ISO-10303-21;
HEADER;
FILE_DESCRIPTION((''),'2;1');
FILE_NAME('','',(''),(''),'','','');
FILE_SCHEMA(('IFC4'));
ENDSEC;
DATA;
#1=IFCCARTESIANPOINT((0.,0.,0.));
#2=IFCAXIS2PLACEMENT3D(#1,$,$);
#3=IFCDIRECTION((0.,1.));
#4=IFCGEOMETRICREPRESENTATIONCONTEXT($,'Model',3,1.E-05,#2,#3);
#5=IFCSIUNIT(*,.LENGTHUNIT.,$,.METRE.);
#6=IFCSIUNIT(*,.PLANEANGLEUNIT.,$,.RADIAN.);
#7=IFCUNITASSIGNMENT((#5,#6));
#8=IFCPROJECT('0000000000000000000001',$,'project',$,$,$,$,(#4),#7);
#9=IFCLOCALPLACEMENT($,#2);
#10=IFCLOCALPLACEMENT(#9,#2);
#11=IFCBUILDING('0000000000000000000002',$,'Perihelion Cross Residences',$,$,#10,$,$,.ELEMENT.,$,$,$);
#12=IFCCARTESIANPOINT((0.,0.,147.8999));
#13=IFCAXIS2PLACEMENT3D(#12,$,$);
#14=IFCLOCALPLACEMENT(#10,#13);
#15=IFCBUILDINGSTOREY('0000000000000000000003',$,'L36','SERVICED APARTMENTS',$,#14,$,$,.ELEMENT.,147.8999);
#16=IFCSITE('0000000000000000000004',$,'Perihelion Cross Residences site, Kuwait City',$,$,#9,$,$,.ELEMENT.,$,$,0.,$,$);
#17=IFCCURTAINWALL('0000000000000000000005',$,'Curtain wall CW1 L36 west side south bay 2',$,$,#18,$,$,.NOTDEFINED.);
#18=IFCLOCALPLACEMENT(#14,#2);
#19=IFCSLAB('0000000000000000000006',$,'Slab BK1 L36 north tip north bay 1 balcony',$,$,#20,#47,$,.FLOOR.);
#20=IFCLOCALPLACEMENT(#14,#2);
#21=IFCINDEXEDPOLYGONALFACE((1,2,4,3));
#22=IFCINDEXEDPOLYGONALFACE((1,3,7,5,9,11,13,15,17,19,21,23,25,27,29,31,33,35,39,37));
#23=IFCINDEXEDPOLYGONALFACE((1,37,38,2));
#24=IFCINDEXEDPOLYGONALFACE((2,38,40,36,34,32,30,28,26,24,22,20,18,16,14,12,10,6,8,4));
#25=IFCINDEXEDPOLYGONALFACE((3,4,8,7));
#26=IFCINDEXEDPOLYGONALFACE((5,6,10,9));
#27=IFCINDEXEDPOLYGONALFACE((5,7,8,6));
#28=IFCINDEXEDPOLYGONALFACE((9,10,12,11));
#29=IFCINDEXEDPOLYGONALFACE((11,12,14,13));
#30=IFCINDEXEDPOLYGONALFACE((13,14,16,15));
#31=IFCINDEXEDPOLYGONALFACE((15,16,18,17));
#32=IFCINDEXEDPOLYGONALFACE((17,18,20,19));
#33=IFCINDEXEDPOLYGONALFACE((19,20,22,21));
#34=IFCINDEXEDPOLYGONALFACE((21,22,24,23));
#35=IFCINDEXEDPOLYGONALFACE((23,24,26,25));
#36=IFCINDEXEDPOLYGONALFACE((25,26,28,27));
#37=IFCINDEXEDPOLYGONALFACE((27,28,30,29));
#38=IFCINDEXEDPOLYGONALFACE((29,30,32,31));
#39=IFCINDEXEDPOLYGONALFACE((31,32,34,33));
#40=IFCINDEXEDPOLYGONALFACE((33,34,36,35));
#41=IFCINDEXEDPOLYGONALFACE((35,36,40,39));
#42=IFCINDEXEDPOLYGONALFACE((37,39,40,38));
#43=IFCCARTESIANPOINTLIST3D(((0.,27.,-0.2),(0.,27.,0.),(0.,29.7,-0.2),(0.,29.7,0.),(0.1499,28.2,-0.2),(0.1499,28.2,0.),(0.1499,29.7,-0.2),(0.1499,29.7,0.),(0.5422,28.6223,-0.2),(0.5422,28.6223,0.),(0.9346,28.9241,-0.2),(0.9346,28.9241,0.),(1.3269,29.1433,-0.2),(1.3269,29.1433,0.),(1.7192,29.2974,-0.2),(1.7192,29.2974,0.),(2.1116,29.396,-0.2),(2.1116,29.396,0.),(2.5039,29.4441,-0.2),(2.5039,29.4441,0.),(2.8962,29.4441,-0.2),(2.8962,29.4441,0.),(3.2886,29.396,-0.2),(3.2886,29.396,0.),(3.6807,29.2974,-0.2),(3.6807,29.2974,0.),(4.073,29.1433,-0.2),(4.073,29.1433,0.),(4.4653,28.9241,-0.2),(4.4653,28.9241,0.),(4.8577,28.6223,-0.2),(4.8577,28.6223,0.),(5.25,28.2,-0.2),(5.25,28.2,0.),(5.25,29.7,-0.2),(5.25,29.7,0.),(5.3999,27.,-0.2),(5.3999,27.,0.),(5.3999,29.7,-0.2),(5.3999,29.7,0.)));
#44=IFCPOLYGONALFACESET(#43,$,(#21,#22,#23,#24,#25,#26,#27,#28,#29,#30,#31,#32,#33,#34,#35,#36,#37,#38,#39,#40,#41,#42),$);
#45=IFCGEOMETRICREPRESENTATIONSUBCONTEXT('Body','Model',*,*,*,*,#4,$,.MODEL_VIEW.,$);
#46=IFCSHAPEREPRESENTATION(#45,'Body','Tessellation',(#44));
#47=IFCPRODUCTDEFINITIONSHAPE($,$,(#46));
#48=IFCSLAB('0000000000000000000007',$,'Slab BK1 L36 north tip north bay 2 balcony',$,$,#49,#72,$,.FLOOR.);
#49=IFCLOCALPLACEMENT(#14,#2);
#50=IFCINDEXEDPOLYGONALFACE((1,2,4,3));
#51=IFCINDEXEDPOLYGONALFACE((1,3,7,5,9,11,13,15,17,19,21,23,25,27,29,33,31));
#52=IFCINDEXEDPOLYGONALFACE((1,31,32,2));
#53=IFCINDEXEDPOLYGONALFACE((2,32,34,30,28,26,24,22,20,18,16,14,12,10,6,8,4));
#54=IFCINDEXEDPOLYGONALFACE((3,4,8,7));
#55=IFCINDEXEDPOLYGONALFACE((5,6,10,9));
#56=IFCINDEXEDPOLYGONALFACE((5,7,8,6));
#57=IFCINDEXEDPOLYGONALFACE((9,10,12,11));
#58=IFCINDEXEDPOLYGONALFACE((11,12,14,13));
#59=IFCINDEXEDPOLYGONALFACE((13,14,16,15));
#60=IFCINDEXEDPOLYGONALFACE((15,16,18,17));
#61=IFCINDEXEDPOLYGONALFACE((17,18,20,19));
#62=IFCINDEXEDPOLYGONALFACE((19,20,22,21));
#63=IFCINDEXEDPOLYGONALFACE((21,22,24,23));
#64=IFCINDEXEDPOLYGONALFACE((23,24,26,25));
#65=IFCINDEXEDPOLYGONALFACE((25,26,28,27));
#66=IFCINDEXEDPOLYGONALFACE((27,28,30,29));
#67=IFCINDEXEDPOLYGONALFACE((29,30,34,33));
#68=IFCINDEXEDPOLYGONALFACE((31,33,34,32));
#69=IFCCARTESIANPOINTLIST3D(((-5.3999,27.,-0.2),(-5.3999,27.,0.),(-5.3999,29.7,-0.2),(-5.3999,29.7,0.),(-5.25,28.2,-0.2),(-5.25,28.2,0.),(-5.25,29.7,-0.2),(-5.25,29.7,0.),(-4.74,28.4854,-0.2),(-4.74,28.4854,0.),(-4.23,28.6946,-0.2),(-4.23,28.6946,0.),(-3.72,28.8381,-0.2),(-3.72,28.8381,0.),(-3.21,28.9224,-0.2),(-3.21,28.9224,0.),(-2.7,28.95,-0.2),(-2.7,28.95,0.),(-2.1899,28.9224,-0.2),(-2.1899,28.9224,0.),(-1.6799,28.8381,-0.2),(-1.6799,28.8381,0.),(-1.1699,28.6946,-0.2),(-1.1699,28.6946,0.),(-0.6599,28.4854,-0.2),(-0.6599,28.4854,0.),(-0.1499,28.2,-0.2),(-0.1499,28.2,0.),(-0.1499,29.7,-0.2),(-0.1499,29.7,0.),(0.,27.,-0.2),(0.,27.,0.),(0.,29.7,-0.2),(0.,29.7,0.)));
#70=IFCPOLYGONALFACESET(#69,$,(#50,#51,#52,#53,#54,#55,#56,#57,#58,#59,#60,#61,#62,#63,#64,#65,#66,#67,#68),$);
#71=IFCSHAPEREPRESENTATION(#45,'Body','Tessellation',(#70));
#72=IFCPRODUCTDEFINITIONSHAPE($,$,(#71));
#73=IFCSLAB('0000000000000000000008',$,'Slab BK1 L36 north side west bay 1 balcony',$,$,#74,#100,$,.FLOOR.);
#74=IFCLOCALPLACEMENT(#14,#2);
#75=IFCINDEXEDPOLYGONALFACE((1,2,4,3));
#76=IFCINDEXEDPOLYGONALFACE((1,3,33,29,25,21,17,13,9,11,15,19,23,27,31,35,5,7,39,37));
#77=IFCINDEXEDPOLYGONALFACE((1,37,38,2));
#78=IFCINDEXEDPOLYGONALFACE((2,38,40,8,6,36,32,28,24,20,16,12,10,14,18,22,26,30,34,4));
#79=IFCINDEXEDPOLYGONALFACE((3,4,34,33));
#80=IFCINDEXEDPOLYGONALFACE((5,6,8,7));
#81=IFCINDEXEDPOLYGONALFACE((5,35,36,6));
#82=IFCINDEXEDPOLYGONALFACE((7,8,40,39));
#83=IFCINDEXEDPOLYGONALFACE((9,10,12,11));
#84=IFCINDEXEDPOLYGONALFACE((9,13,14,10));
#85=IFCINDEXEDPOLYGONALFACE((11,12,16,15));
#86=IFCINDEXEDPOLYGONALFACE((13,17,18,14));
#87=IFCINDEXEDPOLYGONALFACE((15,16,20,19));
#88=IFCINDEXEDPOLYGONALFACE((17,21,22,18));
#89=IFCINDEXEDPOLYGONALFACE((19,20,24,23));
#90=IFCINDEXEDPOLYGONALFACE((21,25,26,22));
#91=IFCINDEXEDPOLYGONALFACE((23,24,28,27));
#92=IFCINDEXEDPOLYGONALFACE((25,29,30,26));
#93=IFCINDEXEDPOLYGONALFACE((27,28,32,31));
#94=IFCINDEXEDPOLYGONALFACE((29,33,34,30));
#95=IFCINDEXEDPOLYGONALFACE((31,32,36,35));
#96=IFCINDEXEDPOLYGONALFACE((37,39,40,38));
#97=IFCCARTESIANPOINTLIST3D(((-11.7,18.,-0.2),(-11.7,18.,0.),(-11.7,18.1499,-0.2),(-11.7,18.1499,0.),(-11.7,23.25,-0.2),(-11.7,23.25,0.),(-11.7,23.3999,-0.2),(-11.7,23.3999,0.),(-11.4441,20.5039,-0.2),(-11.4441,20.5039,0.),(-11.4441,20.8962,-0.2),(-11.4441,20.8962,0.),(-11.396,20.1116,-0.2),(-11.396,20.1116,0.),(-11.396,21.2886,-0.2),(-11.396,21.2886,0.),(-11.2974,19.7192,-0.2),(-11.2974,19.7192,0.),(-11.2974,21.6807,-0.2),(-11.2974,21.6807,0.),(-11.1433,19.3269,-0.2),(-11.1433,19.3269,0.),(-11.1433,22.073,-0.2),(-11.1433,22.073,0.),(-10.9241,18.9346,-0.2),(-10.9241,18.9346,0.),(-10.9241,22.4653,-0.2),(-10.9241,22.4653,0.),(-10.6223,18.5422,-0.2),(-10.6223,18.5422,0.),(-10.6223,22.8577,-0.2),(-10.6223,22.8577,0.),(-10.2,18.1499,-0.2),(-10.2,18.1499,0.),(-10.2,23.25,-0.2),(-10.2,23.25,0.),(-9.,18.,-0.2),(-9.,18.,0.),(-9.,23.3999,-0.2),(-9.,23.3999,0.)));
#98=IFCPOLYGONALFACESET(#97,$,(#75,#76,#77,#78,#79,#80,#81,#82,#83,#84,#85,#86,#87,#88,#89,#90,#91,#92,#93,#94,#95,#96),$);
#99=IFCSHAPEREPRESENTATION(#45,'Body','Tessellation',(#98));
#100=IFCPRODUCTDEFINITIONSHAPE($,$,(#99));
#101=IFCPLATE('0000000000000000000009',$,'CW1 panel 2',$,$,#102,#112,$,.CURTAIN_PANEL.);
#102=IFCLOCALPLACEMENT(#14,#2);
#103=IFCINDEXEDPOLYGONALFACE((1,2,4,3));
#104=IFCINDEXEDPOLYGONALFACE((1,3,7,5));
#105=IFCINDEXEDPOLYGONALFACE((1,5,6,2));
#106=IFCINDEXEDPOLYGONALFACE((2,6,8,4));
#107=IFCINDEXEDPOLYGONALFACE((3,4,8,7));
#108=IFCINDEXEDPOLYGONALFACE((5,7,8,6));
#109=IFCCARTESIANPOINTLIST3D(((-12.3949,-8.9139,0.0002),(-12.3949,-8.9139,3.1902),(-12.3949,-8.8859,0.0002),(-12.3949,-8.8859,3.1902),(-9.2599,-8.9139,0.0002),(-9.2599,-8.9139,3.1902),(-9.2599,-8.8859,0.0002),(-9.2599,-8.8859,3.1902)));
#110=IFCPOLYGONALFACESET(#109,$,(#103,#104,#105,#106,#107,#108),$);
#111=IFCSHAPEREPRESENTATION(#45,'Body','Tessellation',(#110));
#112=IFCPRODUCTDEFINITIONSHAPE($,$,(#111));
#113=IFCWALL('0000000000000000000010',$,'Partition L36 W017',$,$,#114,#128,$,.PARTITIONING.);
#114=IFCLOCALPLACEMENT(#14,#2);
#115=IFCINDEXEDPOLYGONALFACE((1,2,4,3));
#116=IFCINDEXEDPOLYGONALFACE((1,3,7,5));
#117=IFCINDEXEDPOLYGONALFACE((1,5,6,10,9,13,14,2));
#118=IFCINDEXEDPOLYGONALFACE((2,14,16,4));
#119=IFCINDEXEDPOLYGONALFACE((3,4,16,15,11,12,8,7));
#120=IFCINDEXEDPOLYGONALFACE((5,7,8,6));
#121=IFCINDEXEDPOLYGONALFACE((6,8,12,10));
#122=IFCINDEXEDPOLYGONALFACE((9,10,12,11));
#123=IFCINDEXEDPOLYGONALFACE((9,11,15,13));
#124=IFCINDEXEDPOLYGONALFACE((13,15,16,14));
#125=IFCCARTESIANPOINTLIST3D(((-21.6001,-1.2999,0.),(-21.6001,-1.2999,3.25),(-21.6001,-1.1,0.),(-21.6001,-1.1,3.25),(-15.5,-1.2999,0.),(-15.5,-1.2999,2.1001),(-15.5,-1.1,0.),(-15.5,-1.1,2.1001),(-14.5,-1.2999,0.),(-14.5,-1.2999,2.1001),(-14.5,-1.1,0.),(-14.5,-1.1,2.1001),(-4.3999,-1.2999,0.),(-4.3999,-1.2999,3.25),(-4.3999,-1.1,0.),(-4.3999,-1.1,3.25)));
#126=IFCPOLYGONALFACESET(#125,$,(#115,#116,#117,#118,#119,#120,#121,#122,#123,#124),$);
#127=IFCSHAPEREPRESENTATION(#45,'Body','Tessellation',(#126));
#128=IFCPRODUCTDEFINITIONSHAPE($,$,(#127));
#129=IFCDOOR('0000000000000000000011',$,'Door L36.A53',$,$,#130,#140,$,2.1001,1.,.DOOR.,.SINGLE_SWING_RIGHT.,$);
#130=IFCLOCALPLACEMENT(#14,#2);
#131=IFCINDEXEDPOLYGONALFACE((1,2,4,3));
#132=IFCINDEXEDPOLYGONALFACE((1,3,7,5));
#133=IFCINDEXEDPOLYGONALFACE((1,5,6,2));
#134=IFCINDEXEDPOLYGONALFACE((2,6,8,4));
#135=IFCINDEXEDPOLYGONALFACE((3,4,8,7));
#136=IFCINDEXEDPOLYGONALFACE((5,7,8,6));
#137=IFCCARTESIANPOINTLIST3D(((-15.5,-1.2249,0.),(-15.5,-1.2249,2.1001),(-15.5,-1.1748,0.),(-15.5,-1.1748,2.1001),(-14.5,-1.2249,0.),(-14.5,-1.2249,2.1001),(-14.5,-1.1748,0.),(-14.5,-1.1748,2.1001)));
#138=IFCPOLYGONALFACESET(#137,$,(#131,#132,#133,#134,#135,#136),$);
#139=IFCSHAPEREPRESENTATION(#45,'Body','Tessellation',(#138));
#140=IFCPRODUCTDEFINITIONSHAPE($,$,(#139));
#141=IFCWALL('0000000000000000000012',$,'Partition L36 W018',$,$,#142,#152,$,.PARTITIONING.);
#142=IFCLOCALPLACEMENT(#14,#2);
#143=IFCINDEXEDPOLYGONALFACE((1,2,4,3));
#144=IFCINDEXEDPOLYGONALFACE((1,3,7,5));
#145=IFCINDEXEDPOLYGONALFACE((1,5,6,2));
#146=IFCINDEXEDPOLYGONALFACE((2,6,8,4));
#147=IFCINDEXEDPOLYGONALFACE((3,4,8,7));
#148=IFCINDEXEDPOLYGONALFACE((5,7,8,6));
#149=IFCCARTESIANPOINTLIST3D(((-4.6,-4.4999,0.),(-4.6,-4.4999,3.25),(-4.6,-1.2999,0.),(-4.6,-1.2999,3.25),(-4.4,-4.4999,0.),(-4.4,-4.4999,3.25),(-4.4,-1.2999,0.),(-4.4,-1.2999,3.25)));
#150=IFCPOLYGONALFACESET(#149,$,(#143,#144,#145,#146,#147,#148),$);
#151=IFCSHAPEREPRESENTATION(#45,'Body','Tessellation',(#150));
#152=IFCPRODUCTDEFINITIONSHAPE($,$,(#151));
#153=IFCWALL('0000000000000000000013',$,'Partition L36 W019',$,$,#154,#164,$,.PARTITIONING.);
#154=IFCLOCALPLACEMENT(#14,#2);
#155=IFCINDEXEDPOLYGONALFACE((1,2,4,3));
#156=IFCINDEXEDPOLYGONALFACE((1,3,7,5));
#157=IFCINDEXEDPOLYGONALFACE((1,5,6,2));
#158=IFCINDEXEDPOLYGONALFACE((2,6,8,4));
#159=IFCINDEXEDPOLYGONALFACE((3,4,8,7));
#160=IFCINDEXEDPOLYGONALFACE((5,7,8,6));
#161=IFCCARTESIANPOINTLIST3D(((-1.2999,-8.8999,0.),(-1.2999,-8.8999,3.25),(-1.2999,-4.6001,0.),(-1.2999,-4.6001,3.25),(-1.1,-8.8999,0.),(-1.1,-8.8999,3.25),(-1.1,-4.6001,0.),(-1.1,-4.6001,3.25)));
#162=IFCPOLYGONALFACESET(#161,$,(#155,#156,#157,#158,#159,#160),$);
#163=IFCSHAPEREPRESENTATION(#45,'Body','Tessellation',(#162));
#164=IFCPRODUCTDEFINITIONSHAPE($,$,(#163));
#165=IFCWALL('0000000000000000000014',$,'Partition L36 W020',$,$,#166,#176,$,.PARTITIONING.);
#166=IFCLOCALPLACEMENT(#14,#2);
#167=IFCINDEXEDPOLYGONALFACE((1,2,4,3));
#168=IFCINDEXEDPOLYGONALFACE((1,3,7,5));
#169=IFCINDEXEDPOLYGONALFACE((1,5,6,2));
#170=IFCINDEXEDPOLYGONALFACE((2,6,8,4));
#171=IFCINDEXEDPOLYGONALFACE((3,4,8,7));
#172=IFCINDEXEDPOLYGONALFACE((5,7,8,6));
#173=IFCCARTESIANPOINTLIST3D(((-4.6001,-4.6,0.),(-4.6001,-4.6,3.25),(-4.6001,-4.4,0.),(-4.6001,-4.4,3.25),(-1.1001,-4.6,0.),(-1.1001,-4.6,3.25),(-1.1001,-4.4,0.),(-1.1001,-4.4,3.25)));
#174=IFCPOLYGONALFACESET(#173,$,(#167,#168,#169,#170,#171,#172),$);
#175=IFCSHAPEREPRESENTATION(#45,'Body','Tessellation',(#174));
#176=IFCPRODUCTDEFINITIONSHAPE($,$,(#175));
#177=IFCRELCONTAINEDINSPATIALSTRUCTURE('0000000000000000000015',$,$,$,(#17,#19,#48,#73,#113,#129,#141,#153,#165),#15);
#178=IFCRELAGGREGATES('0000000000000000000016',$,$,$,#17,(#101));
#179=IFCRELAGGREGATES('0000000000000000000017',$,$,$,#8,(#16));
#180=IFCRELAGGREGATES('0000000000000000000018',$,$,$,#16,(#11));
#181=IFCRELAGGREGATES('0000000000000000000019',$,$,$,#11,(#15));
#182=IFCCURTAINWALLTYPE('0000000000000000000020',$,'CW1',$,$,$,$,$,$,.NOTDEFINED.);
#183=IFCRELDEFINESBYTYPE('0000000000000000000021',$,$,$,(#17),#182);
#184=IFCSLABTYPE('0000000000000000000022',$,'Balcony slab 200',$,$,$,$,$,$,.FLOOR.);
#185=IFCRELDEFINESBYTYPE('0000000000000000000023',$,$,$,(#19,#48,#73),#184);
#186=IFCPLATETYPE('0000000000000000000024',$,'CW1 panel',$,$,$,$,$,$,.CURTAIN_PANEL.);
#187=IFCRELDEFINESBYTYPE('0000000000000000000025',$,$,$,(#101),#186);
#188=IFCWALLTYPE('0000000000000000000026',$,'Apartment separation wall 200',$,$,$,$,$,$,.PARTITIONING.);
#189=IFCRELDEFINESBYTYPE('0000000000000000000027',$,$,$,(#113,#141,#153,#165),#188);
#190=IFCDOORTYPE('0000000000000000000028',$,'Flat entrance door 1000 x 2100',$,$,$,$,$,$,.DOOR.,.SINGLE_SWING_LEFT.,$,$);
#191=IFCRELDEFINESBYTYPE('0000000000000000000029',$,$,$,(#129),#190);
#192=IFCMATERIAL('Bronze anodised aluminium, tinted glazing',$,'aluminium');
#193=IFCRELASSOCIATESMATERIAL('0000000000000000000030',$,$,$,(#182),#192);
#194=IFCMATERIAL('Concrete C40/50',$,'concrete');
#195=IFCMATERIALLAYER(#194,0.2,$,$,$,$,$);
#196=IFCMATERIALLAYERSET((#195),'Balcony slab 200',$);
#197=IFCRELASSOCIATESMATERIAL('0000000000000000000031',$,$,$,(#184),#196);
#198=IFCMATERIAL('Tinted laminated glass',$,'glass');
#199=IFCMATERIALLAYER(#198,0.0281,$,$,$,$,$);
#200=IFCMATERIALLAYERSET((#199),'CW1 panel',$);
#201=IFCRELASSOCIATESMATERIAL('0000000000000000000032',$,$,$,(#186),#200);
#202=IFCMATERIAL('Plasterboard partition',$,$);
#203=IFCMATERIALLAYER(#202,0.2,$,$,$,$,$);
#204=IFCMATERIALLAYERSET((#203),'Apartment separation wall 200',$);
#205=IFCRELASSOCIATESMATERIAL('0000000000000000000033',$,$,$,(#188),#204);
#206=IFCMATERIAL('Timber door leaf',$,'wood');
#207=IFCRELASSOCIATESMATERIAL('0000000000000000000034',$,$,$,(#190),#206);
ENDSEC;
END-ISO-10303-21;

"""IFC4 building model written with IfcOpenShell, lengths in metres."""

from ifc_helpers import new_model, si_unit, direction, frame, frame_2d, origin, origin_2d, place, context, subcontext, project, spatial, polyline, rectangle, outline, extrude, material, layer, layer_set, type_object, element, fill, aggregate, save


model = new_model("IFC4")

# Units and contexts
model_context = context("Model", 3, precision=1e-05, world=origin(), true_north=direction((0.0, 1.0)))
body_context = subcontext(model_context, "Body", "Model", "MODEL_VIEW")
ifc_project = project(units=[si_unit("LENGTHUNIT", "METRE"), si_unit("PLANEANGLEUNIT", "RADIAN")], contexts=[model_context])

# Site, building, storey
site_placement = place(None, origin())
site = spatial("IfcSite", under=ifc_project, at=site_placement, Name="Perihelion Cross Residences site, Kuwait City", CompositionType="ELEMENT", RefElevation=0.0)
building_placement = place(site_placement, origin())
building = spatial("IfcBuilding", under=site, at=building_placement, Name="Perihelion Cross Residences", CompositionType="ELEMENT")
storey_placement = place(building_placement, frame((0.0, 0.0, 147.8999)))
storey = spatial("IfcBuildingStorey", under=building, at=storey_placement, Name="L36", Description="SERVICED APARTMENTS", CompositionType="ELEMENT", Elevation=147.8999)

# Curtain wall
ifc_material_1 = material(Name="Bronze anodised aluminium, tinted glazing", Category="aluminium")
curtain_wall_type = type_object("IfcCurtainWallType", Name="CW1", PredefinedType="NOTDEFINED", material=ifc_material_1)
curtain_wall_1_placement = place(storey_placement, origin())
curtain_wall_1 = element("IfcCurtainWall", 1, at=curtain_wall_1_placement, inside=storey, type_object=curtain_wall_type, Name="Curtain wall CW1 L36 west side south bay 2", PredefinedType="NOTDEFINED")

# Slabs
ifc_material_2 = material(Name="Concrete C40/50", Category="concrete")
ifc_layer_1 = layer(ifc_material_2, 0.2)
ifc_layer_set_1 = layer_set([ifc_layer_1], Name="Balcony slab 200")
slab_type_1 = type_object("IfcSlabType", Name="Balcony slab 200", PredefinedType="FLOOR", material=ifc_layer_set_1)
slab_1_placement = place(storey_placement, frame((0.0, 0.0, -0.2)))
element("IfcSlab", 2, at=slab_1_placement, inside=storey, type_object=slab_type_1, Name="Slab BK1 L36 north tip north bay 1 balcony", PredefinedType="FLOOR", context=body_context, shape_type="SweptSolid", body=[
    extrude(outline(polyline([(5.3999, 27.0), (0.0, 27.0), (0.0, 29.7), (0.1499, 29.7), (0.1499, 28.2), (0.5422, 28.6223), (0.9346, 28.9241), (1.3269, 29.1433), (1.7192, 29.2974), (2.1116, 29.396), (2.5039, 29.4441), (2.8962, 29.4441), (3.2886, 29.396), (3.6807, 29.2974), (4.073, 29.1433), (4.4653, 28.9241), (4.8577, 28.6223), (5.25, 28.2), (5.25, 29.7), (5.3999, 29.7), (5.3999, 27.0)])), origin(), (0.0, 0.0, 1.0), 0.2),
])
slab_2_placement = place(storey_placement, frame((0.0, 0.0, -0.2)))
element("IfcSlab", 3, at=slab_2_placement, inside=storey, type_object=slab_type_1, Name="Slab BK1 L36 north tip north bay 2 balcony", PredefinedType="FLOOR", context=body_context, shape_type="SweptSolid", body=[
    extrude(outline(polyline([(0.0, 27.0), (-5.3999, 27.0), (-5.3999, 29.7), (-5.25, 29.7), (-5.25, 28.2), (-4.74, 28.4854), (-4.23, 28.6946), (-3.72, 28.8381), (-3.21, 28.9224), (-2.7, 28.95), (-2.1899, 28.9224), (-1.6799, 28.8381), (-1.1699, 28.6946), (-0.6599, 28.4854), (-0.1499, 28.2), (-0.1499, 29.7), (0.0, 29.7), (0.0, 27.0)])), origin(), (0.0, 0.0, 1.0), 0.2),
])
slab_3_placement = place(storey_placement, frame((0.0, 0.0, -0.2)))
element("IfcSlab", 4, at=slab_3_placement, inside=storey, type_object=slab_type_1, Name="Slab BK1 L36 north side west bay 1 balcony", PredefinedType="FLOOR", context=body_context, shape_type="SweptSolid", body=[
    extrude(outline(polyline([(-9.0, 23.3999), (-9.0, 18.0), (-11.7, 18.0), (-11.7, 18.1499), (-10.2, 18.1499), (-10.6223, 18.5422), (-10.9241, 18.9346), (-11.1433, 19.3269), (-11.2974, 19.7192), (-11.396, 20.1116), (-11.4441, 20.5039), (-11.4441, 20.8962), (-11.396, 21.2886), (-11.2974, 21.6807), (-11.1433, 22.073), (-10.9241, 22.4653), (-10.6223, 22.8577), (-10.2, 23.25), (-11.7, 23.25), (-11.7, 23.3999), (-9.0, 23.3999)])), origin(), (0.0, 0.0, 1.0), 0.2),
])

# Plate
ifc_material_3 = material(Name="Tinted laminated glass", Category="glass")
ifc_layer_2 = layer(ifc_material_3, 0.0281)
ifc_layer_set_2 = layer_set([ifc_layer_2], Name="CW1 panel")
plate_type = type_object("IfcPlateType", Name="CW1 panel", PredefinedType="CURTAIN_PANEL", material=ifc_layer_set_2)
plate_placement = place(storey_placement, frame((-10.8274, -8.8999, 0.0002), z_axis=(0.0, 0.0, 1.0), x_axis=(1.0, 0.0, 0.0)))
plate = element("IfcPlate", 5, at=plate_placement, type_object=plate_type, Name="CW1 panel 2", PredefinedType="CURTAIN_PANEL", context=body_context, shape_type="SweptSolid", body=[
    extrude(rectangle(XDim=3.135, YDim=0.0281, at=origin_2d()), origin(), (0.0, 0.0, 1.0), 3.1899),
])
aggregate(curtain_wall_1, [plate])

# Wall, opening, door
ifc_material_4 = material(Name="Plasterboard partition")
ifc_layer_3 = layer(ifc_material_4, 0.2)
ifc_layer_set_3 = layer_set([ifc_layer_3], Name="Apartment separation wall 200")
wall_type_1 = type_object("IfcWallType", Name="Apartment separation wall 200", PredefinedType="PARTITIONING", material=ifc_layer_set_3)
wall_1_placement = place(storey_placement, frame((-4.3999, -1.2, 0.0), z_axis=(0.0, 0.0, 1.0), x_axis=(-1.0, 0.0, 0.0)))
wall_1 = element("IfcWall", 6, at=wall_1_placement, inside=storey, type_object=wall_type_1, Name="Partition L36 W017", PredefinedType="PARTITIONING", context=body_context, shape_type="SweptSolid", body=[
    extrude(rectangle(XDim=17.2002, YDim=0.2, at=frame_2d((8.6001, 0.0))), origin(), (0.0, 0.0, 1.0), 3.25),
])
opening_1_placement = place(wall_1_placement, frame((10.1001, 0.0, 0.0)))
opening_1 = element("IfcOpeningElement", 7, at=opening_1_placement, cuts=wall_1, PredefinedType="OPENING", context=body_context, shape_type="SweptSolid", body=[
    extrude(rectangle(XDim=1.0, YDim=2.1001, at=frame_2d((0.5, 1.05))), frame((0.0, 0.1099, 0.0), z_axis=(0.0, -1.0, 0.0), x_axis=(1.0, 0.0, 0.0)), (0.0, 0.0, 1.0), 0.22),
])
ifc_material_5 = material(Name="Timber door leaf", Category="wood")
door_type_1 = type_object("IfcDoorType", Name="Flat entrance door 1000 x 2100", OperationType="SINGLE_SWING_LEFT", PredefinedType="DOOR", material=ifc_material_5)
door_1_placement = place(opening_1_placement, origin())
door_1 = element("IfcDoor", 8, at=door_1_placement, inside=storey, type_object=door_type_1, Name="Door L36.A53", OperationType="SINGLE_SWING_RIGHT", OverallHeight=2.1001, OverallWidth=1.0, PredefinedType="DOOR", context=body_context, shape_type="SweptSolid", body=[
    extrude(rectangle(XDim=1.0, YDim=2.1001, at=frame_2d((0.5, 1.05))), frame((0.0, 0.0249, 0.0), z_axis=(0.0, -1.0, 0.0), x_axis=(1.0, 0.0, 0.0)), (0.0, 0.0, 1.0), 0.05),
])
fill(opening_1, door_1)

# Walls
wall_2_placement = place(storey_placement, frame((-4.5, -4.5, 0.0), z_axis=(0.0, 0.0, 1.0), x_axis=(0.0, 1.0, 0.0)))
element("IfcWall", 9, at=wall_2_placement, inside=storey, type_object=wall_type_1, Name="Partition L36 W018", PredefinedType="PARTITIONING", context=body_context, shape_type="SweptSolid", body=[
    extrude(rectangle(XDim=3.2, YDim=0.2, at=frame_2d((1.6001, 0.0))), origin(), (0.0, 0.0, 1.0), 3.25),
])
wall_3_placement = place(storey_placement, frame((-1.2, -8.8999, 0.0), z_axis=(0.0, 0.0, 1.0), x_axis=(0.0, 1.0, 0.0)))
element("IfcWall", 10, at=wall_3_placement, inside=storey, type_object=wall_type_1, Name="Partition L36 W019", PredefinedType="PARTITIONING", context=body_context, shape_type="SweptSolid", body=[
    extrude(rectangle(XDim=4.2998, YDim=0.2, at=frame_2d((2.1499, 0.0))), origin(), (0.0, 0.0, 1.0), 3.25),
])
wall_4_placement = place(storey_placement, frame((-1.1001, -4.5, 0.0), z_axis=(0.0, 0.0, 1.0), x_axis=(-1.0, 0.0, 0.0)))
element("IfcWall", 11, at=wall_4_placement, inside=storey, type_object=wall_type_1, Name="Partition L36 W020", PredefinedType="PARTITIONING", context=body_context, shape_type="SweptSolid", body=[
    extrude(rectangle(XDim=3.5, YDim=0.2, at=frame_2d((1.75, 0.0))), origin(), (0.0, 0.0, 1.0), 3.25),
])

save(model, "model.ifc")
